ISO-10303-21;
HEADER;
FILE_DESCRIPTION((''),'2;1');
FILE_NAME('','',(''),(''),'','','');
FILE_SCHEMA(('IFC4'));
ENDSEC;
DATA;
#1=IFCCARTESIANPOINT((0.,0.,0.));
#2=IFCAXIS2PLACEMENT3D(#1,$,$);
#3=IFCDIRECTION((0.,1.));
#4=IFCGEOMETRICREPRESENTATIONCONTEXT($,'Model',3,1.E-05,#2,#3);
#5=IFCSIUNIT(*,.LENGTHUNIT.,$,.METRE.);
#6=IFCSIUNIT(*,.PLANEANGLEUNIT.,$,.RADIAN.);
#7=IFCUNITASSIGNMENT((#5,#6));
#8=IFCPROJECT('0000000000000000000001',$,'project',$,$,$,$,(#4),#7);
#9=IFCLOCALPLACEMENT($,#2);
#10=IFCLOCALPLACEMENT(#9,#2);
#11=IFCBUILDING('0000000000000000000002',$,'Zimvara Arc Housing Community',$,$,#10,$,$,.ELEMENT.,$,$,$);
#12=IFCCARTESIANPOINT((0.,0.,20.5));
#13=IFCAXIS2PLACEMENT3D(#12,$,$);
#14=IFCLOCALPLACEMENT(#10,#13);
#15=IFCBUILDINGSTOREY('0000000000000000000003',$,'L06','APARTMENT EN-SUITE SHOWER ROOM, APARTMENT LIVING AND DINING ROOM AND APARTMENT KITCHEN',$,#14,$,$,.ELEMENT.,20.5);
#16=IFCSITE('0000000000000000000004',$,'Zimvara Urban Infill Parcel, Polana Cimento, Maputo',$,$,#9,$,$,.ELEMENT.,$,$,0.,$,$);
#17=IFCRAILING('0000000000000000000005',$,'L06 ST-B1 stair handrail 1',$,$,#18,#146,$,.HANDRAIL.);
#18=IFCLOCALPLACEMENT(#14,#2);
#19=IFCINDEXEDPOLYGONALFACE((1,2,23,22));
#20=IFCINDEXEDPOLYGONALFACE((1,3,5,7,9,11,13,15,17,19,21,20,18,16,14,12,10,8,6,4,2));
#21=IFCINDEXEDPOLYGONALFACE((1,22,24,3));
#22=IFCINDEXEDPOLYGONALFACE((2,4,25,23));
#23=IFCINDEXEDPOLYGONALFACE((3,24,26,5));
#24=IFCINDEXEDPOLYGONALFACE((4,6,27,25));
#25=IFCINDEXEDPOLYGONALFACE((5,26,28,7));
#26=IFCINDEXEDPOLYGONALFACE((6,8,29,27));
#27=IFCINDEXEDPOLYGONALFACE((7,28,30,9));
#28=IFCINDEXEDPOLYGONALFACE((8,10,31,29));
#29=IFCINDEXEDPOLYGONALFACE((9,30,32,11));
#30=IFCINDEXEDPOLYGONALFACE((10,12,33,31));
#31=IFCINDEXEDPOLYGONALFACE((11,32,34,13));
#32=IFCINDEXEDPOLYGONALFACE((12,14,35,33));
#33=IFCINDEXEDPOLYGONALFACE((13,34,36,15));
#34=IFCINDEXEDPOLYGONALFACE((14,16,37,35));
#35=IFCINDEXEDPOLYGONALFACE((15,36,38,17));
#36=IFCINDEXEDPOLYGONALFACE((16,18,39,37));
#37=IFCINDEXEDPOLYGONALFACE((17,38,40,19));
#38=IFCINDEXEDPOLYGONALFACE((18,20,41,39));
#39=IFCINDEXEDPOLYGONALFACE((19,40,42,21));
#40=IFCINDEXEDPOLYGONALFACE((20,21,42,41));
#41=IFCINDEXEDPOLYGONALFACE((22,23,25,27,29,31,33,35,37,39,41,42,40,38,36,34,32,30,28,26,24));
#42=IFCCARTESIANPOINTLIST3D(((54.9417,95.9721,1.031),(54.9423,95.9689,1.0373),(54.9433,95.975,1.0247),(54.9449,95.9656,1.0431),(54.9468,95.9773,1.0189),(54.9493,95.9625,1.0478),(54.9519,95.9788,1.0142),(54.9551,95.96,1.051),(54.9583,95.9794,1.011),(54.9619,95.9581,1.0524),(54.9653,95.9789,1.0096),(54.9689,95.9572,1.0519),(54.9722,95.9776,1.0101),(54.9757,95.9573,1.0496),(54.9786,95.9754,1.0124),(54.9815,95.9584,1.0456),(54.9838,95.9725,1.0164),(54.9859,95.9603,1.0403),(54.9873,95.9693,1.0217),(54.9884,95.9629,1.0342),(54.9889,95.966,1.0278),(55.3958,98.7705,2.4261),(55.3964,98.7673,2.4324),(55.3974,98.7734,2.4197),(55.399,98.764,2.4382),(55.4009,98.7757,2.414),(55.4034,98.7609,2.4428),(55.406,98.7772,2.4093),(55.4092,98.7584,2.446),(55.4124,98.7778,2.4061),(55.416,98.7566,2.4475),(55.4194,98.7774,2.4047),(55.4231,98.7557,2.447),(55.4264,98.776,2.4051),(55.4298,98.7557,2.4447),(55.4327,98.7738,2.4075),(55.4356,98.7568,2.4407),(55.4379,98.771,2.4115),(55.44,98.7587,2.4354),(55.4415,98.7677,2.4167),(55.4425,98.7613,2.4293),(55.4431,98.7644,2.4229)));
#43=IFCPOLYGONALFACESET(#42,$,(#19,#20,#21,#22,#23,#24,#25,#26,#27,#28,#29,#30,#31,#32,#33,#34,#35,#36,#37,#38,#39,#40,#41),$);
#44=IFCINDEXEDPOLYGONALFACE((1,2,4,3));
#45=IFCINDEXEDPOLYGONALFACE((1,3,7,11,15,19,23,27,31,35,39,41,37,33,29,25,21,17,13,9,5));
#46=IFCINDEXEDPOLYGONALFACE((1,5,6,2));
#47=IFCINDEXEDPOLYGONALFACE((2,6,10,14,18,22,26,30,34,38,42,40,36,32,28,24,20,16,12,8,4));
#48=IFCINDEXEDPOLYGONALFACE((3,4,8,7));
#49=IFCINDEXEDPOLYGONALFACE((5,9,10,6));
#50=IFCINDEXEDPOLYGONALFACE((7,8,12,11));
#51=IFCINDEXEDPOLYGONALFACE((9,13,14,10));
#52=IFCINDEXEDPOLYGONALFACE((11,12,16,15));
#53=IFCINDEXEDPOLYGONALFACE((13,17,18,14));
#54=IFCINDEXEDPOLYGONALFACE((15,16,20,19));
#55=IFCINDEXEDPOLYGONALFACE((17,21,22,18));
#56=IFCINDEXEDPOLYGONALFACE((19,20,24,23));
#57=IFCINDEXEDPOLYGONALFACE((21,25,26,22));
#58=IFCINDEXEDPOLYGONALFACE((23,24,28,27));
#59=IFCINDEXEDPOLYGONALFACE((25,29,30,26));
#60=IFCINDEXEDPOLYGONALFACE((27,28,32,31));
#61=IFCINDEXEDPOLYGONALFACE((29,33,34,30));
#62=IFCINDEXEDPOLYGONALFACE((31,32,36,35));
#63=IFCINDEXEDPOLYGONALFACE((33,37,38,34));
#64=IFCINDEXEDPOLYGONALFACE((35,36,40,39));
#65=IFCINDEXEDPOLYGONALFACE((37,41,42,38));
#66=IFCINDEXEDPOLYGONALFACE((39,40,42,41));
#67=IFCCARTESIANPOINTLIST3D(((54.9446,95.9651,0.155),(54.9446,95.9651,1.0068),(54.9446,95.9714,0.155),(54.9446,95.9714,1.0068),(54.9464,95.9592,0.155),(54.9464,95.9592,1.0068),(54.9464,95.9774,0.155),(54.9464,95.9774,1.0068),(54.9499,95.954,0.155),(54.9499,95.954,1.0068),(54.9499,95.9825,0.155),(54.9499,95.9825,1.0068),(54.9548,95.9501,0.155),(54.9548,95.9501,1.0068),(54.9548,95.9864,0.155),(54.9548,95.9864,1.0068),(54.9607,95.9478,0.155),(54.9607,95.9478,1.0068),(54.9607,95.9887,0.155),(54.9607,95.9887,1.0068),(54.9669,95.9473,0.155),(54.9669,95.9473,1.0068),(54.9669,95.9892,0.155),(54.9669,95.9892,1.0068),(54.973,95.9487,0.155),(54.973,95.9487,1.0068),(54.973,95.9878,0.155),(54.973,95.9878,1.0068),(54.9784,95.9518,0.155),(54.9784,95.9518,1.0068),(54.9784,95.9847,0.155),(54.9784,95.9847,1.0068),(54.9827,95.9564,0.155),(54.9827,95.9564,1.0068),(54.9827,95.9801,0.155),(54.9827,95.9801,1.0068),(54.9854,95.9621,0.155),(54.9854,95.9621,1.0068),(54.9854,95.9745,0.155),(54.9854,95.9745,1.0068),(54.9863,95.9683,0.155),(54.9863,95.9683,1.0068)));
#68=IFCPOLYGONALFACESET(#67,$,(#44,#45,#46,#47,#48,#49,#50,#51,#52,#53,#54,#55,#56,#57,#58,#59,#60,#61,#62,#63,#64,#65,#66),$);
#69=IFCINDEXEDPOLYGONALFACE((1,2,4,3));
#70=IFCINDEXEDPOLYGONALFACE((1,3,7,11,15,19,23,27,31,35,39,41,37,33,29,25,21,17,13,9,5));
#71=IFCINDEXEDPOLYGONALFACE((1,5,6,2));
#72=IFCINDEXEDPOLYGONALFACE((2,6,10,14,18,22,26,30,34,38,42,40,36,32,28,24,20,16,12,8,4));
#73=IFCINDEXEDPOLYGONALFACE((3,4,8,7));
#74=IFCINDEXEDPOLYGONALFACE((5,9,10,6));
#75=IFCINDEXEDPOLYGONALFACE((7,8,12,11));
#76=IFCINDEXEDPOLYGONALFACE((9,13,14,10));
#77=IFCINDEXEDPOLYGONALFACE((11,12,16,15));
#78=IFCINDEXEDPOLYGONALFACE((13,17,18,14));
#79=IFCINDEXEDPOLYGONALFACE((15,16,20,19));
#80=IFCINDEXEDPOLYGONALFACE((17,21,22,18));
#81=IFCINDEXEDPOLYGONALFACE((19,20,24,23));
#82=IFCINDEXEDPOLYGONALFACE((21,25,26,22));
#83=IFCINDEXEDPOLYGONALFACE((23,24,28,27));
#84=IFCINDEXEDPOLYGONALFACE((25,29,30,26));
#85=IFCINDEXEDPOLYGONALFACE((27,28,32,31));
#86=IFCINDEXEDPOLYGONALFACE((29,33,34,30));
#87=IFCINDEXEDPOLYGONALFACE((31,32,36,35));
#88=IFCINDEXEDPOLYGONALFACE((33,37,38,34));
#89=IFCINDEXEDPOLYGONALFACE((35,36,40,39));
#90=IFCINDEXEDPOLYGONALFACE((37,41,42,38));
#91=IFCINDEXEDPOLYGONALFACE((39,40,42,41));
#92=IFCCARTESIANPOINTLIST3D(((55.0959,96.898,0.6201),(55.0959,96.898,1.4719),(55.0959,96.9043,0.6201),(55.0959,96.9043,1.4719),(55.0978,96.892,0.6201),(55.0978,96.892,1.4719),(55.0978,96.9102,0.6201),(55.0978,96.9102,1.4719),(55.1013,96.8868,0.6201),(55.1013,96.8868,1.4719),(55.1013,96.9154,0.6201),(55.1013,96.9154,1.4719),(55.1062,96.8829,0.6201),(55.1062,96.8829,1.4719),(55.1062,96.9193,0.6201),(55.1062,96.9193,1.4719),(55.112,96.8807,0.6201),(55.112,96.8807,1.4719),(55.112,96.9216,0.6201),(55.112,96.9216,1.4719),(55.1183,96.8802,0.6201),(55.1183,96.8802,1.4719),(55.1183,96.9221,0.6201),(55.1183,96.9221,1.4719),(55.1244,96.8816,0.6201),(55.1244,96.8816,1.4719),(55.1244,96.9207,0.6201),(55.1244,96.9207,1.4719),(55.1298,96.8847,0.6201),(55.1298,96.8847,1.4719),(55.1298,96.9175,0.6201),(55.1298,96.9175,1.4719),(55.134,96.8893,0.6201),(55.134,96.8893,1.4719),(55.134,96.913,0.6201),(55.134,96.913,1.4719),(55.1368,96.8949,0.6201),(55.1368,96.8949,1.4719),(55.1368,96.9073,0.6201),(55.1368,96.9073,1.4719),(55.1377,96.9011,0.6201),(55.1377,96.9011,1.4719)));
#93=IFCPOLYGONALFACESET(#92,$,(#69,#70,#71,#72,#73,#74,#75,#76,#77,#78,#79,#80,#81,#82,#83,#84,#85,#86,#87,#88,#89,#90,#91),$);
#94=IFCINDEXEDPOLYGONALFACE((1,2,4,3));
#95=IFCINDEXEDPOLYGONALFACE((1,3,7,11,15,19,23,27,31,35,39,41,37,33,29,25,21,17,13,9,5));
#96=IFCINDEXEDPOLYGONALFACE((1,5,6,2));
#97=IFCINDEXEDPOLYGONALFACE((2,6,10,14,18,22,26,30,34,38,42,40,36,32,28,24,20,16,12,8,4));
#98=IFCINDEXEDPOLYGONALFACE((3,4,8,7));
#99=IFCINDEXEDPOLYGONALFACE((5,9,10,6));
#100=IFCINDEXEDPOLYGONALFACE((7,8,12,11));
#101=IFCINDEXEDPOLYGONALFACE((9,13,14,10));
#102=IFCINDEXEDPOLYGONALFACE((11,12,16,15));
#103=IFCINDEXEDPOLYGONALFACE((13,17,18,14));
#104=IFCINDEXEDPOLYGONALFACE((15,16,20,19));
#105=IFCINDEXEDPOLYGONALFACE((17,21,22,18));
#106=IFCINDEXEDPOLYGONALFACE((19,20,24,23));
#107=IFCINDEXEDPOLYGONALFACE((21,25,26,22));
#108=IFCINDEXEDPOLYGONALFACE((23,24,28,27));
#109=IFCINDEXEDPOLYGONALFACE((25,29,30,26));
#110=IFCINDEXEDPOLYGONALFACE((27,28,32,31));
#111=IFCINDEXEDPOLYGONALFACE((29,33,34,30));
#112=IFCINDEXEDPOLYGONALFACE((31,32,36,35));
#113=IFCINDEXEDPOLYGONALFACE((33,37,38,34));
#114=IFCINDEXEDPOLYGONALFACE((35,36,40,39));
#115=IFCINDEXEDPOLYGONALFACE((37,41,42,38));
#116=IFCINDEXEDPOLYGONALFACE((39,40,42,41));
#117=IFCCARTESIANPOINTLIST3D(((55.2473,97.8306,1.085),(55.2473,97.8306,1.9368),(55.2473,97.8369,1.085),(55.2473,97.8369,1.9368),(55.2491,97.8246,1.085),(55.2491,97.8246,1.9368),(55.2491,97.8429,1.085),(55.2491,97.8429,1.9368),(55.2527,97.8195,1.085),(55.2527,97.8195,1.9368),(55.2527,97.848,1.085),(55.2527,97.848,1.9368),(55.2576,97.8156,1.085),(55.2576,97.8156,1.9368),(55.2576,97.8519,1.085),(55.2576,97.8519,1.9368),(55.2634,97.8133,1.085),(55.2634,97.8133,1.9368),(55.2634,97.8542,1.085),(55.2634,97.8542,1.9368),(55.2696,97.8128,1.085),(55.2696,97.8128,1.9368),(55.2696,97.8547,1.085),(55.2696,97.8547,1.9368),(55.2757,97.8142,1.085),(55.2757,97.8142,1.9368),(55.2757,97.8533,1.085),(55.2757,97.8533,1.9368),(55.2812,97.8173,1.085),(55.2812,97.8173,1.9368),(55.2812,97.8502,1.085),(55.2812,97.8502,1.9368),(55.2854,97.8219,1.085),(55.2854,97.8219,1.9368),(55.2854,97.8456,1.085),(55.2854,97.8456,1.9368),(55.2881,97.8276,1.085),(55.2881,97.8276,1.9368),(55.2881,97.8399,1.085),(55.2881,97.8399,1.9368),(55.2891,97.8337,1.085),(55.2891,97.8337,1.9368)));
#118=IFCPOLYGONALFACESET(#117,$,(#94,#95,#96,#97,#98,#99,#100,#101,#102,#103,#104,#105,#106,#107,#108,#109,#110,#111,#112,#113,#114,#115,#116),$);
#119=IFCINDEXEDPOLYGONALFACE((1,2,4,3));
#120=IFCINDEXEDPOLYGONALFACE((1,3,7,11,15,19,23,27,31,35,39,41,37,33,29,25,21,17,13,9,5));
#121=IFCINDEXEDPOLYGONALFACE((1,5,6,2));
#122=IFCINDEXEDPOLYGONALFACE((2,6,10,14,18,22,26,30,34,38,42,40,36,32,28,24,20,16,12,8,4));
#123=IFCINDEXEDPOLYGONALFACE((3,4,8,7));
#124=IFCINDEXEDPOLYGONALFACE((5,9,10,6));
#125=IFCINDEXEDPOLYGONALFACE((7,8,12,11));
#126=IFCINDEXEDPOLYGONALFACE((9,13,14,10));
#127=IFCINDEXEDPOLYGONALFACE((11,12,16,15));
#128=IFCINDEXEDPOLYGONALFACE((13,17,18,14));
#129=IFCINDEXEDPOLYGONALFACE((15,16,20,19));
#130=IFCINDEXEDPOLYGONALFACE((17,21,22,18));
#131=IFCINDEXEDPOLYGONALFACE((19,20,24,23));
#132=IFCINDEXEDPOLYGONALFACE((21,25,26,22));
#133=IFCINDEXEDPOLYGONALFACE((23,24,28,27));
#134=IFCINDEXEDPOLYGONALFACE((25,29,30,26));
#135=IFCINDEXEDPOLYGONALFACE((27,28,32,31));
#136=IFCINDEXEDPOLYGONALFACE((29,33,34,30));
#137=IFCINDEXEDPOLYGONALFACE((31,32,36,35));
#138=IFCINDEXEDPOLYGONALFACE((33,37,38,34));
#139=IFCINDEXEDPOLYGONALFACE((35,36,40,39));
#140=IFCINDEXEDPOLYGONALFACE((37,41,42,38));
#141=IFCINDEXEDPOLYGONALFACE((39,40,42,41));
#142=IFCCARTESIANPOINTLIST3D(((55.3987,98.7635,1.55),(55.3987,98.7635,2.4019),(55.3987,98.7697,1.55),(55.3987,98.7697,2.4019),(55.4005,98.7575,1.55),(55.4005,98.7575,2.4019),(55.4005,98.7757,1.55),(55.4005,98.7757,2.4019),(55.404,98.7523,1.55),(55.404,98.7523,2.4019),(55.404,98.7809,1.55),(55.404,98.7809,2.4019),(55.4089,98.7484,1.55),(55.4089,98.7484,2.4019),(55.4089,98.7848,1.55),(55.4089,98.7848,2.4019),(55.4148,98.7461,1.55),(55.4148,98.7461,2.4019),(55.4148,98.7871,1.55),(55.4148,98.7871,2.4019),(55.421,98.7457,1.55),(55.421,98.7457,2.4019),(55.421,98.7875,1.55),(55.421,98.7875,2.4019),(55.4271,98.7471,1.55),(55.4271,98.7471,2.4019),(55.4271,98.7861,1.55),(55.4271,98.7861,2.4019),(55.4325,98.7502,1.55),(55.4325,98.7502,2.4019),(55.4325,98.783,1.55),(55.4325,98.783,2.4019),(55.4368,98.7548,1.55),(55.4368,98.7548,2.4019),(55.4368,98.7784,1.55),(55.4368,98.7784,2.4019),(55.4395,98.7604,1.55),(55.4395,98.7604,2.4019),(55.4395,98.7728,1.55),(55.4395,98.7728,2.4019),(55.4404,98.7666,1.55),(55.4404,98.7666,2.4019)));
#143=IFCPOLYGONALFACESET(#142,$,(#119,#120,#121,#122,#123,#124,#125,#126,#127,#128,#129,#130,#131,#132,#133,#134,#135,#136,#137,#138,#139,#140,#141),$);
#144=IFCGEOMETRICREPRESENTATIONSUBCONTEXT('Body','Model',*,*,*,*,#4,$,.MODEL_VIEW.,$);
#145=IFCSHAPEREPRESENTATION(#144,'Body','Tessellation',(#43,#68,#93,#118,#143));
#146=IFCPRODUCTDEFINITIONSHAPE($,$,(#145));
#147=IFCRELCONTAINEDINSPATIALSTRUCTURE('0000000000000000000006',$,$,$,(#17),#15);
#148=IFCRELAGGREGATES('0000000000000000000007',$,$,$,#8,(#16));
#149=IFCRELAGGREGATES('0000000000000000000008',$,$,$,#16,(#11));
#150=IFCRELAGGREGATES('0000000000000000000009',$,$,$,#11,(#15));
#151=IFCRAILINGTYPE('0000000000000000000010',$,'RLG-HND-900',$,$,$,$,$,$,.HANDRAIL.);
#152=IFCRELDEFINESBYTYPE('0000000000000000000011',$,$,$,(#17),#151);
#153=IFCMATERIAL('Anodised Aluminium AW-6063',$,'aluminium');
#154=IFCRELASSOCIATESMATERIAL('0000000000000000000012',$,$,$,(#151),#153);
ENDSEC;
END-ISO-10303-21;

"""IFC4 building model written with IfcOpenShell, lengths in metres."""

from ifc_helpers import new_model, si_unit, direction, frame, origin, origin_2d, place, context, subcontext, project, spatial, circle, extrude, material, type_object, element, save


model = new_model("IFC4")

# Units and contexts
model_context = context("Model", 3, precision=1e-05, world=origin(), true_north=direction((0.0, 1.0)))
body_context = subcontext(model_context, "Body", "Model", "MODEL_VIEW")
ifc_project = project(units=[si_unit("LENGTHUNIT", "METRE"), si_unit("PLANEANGLEUNIT", "RADIAN")], contexts=[model_context])

# Site, building, storey
site_placement = place(None, origin())
site = spatial("IfcSite", under=ifc_project, at=site_placement, Name="Zimvara Urban Infill Parcel, Polana Cimento, Maputo", CompositionType="ELEMENT", RefElevation=0.0)
building_placement = place(site_placement, origin())
building = spatial("IfcBuilding", under=site, at=building_placement, Name="Zimvara Arc Housing Community", CompositionType="ELEMENT")
storey_placement = place(building_placement, frame((0.0, 0.0, 20.5)))
storey = spatial("IfcBuildingStorey", under=building, at=storey_placement, Name="L06", Description="APARTMENT EN-SUITE SHOWER ROOM, APARTMENT LIVING AND DINING ROOM AND APARTMENT KITCHEN", CompositionType="ELEMENT", Elevation=20.5)

# Railing
ifc_material_1 = material(Name="Anodised Aluminium AW-6063", Category="aluminium")
railing_type = type_object("IfcRailingType", Name="RLG-HND-900", PredefinedType="HANDRAIL", material=ifc_material_1)
railing_placement = place(storey_placement, frame((54.9653, 95.9683, 0.155)))
element("IfcRailing", 1, at=railing_placement, inside=storey, type_object=railing_type, Name="L06 ST-B1 stair handrail 1", PredefinedType="HANDRAIL", context=body_context, shape_type="SweptSolid", body=[
    extrude(circle(Radius=0.0239, at=origin_2d()), frame((0.0, 0.0, 0.876), z_axis=(0.143722, 0.885666, 0.44152), x_axis=(-0.987088, 0.16018, 0.0)), (0.0, 0.0, 1.0), 3.1597),
    extrude(circle(Radius=0.021, at=origin_2d()), origin(), (0.0, 0.0, 1.0), 0.8518),
    extrude(circle(Radius=0.021, at=origin_2d()), frame((0.1514, 0.9329, 0.4651)), (0.0, 0.0, 1.0), 0.8518),
    extrude(circle(Radius=0.021, at=origin_2d()), frame((0.3027, 1.8655, 0.9299)), (0.0, 0.0, 1.0), 0.8518),
    extrude(circle(Radius=0.021, at=origin_2d()), frame((0.4541, 2.7983, 1.395)), (0.0, 0.0, 1.0), 0.8518),
])

save(model, "model.ifc")
